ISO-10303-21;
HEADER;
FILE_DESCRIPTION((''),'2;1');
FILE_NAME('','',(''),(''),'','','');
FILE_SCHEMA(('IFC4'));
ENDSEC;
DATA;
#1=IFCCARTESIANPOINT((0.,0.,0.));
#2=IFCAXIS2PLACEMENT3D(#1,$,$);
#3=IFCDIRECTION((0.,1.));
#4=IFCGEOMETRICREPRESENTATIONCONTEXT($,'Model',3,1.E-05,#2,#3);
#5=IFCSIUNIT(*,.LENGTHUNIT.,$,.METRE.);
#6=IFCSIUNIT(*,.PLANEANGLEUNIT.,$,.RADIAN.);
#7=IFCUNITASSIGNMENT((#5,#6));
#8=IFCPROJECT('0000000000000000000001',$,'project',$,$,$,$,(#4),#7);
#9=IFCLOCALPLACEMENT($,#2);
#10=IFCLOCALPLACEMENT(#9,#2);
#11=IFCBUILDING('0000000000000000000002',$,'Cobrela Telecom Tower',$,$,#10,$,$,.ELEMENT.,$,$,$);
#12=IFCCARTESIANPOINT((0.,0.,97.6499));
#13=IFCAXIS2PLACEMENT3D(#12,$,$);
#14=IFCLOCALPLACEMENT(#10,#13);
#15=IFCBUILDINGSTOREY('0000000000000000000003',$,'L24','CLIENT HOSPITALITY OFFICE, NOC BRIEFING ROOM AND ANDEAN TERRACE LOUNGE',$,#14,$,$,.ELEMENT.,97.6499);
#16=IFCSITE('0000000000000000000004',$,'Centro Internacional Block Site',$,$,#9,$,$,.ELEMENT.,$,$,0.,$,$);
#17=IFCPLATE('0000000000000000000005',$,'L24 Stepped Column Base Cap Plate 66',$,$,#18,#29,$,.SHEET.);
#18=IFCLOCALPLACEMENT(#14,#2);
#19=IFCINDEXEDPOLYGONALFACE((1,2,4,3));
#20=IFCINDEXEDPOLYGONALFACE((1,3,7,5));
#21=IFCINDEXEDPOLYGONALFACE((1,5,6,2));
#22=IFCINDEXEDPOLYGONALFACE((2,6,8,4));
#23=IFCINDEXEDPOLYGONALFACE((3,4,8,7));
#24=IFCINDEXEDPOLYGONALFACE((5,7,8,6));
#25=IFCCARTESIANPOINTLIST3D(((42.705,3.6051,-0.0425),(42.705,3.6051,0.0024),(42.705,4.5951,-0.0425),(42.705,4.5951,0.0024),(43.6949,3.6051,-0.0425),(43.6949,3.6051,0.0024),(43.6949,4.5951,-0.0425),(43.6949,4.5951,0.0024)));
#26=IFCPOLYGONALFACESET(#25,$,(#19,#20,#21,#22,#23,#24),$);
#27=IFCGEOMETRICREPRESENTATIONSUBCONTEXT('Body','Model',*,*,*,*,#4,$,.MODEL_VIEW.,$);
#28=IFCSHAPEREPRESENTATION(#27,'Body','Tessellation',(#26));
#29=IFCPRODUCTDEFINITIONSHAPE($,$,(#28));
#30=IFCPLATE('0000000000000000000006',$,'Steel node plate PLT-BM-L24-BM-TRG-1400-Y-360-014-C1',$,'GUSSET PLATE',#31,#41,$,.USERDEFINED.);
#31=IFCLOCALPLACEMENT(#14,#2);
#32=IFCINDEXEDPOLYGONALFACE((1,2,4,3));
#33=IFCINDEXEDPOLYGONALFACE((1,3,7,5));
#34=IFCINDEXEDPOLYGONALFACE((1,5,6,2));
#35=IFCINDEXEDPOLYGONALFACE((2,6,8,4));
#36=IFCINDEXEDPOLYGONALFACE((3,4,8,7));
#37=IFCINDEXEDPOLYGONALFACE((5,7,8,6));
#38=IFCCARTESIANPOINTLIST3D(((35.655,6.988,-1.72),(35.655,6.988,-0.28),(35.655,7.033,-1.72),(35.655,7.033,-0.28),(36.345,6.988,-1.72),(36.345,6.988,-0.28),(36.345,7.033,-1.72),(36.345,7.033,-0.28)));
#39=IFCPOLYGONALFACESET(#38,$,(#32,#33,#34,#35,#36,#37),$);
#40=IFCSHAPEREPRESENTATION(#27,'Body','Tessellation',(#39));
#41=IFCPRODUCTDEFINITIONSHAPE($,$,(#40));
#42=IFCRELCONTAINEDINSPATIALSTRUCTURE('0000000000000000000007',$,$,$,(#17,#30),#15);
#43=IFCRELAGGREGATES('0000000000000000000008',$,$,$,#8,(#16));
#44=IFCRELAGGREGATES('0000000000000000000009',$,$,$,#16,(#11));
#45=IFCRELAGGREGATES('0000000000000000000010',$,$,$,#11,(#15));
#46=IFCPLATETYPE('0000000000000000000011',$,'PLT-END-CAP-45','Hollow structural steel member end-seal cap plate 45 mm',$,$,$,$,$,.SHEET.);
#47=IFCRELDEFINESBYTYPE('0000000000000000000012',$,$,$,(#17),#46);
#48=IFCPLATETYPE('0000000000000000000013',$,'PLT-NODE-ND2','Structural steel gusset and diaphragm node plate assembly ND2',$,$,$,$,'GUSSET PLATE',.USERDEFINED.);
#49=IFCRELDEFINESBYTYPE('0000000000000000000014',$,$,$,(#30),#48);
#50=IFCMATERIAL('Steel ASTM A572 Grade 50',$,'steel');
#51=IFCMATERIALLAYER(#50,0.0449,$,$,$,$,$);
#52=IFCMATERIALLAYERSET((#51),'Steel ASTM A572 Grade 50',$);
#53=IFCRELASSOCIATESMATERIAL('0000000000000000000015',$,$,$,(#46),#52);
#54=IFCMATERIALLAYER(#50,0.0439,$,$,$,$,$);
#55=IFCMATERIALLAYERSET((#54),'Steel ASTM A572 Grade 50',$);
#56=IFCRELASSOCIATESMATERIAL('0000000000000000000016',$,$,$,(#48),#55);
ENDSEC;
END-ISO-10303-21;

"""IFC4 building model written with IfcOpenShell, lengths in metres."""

from ifc_helpers import new_model, si_unit, direction, frame, origin, origin_2d, place, context, subcontext, project, spatial, rectangle, extrude, material, layer, layer_set, type_object, element, save


model = new_model("IFC4")

# Units and contexts
model_context = context("Model", 3, precision=1e-05, world=origin(), true_north=direction((0.0, 1.0)))
body_context = subcontext(model_context, "Body", "Model", "MODEL_VIEW")
ifc_project = project(units=[si_unit("LENGTHUNIT", "METRE"), si_unit("PLANEANGLEUNIT", "RADIAN")], contexts=[model_context])

# Site, building, storey
site_placement = place(None, origin())
site = spatial("IfcSite", under=ifc_project, at=site_placement, Name="Centro Internacional Block Site", CompositionType="ELEMENT", RefElevation=0.0)
building_placement = place(site_placement, origin())
building = spatial("IfcBuilding", under=site, at=building_placement, Name="Cobrela Telecom Tower", CompositionType="ELEMENT")
storey_placement = place(building_placement, frame((0.0, 0.0, 97.6499)))
storey = spatial("IfcBuildingStorey", under=building, at=storey_placement, Name="L24", Description="CLIENT HOSPITALITY OFFICE, NOC BRIEFING ROOM AND ANDEAN TERRACE LOUNGE", CompositionType="ELEMENT", Elevation=97.6499)

# Shared definitions
ifc_material_1 = material(Name="Steel ASTM A572 Grade 50", Category="steel")

# Plates
ifc_layer_1 = layer(ifc_material_1, 0.0449)
ifc_layer_set_1 = layer_set([ifc_layer_1], Name="Steel ASTM A572 Grade 50")
plate_type_1 = type_object("IfcPlateType", Name="PLT-END-CAP-45", Description="Hollow structural steel member end-seal cap plate 45 mm", PredefinedType="SHEET", material=ifc_layer_set_1)
for number, where, z_axis, x_axis, name in (
    (1, (43.2, 4.1001, -0.0425), (0.0, 0.0, 1.0), (1.0, 0.0, 0.0), "L24 Stepped Column Base Cap Plate 66"),
):
    element("IfcPlate", number, at=place(storey_placement, frame(where, z_axis=z_axis, x_axis=x_axis)), inside=storey, type_object=plate_type_1, Name=name, PredefinedType="SHEET", context=body_context, shape_type="SweptSolid", body=[
        extrude(rectangle(XDim=0.99, YDim=0.99, at=origin_2d()), origin(), (0.0, 0.0, 1.0), 0.0449),
    ])
ifc_layer_2 = layer(ifc_material_1, 0.0439)
ifc_layer_set_2 = layer_set([ifc_layer_2], Name="Steel ASTM A572 Grade 50")
plate_type_2 = type_object("IfcPlateType", Name="PLT-NODE-ND2", Description="Structural steel gusset and diaphragm node plate assembly ND2", ElementType="GUSSET PLATE", PredefinedType="USERDEFINED", material=ifc_layer_set_2)
plate_1_placement = place(storey_placement, frame((36.0, 7.0105, -1.72), z_axis=(0.0, 0.0, 1.0), x_axis=(0.0, 1.0, 0.0)))
element("IfcPlate", 2, at=plate_1_placement, inside=storey, type_object=plate_type_2, Name="Steel node plate PLT-BM-L24-BM-TRG-1400-Y-360-014-C1", ObjectType="GUSSET PLATE", PredefinedType="USERDEFINED", context=body_context, shape_type="SweptSolid", body=[
    extrude(rectangle(XDim=0.0449, YDim=0.6899, at=origin_2d()), origin(), (0.0, 0.0, 1.0), 1.4399),
])

save(model, "model.ifc")
